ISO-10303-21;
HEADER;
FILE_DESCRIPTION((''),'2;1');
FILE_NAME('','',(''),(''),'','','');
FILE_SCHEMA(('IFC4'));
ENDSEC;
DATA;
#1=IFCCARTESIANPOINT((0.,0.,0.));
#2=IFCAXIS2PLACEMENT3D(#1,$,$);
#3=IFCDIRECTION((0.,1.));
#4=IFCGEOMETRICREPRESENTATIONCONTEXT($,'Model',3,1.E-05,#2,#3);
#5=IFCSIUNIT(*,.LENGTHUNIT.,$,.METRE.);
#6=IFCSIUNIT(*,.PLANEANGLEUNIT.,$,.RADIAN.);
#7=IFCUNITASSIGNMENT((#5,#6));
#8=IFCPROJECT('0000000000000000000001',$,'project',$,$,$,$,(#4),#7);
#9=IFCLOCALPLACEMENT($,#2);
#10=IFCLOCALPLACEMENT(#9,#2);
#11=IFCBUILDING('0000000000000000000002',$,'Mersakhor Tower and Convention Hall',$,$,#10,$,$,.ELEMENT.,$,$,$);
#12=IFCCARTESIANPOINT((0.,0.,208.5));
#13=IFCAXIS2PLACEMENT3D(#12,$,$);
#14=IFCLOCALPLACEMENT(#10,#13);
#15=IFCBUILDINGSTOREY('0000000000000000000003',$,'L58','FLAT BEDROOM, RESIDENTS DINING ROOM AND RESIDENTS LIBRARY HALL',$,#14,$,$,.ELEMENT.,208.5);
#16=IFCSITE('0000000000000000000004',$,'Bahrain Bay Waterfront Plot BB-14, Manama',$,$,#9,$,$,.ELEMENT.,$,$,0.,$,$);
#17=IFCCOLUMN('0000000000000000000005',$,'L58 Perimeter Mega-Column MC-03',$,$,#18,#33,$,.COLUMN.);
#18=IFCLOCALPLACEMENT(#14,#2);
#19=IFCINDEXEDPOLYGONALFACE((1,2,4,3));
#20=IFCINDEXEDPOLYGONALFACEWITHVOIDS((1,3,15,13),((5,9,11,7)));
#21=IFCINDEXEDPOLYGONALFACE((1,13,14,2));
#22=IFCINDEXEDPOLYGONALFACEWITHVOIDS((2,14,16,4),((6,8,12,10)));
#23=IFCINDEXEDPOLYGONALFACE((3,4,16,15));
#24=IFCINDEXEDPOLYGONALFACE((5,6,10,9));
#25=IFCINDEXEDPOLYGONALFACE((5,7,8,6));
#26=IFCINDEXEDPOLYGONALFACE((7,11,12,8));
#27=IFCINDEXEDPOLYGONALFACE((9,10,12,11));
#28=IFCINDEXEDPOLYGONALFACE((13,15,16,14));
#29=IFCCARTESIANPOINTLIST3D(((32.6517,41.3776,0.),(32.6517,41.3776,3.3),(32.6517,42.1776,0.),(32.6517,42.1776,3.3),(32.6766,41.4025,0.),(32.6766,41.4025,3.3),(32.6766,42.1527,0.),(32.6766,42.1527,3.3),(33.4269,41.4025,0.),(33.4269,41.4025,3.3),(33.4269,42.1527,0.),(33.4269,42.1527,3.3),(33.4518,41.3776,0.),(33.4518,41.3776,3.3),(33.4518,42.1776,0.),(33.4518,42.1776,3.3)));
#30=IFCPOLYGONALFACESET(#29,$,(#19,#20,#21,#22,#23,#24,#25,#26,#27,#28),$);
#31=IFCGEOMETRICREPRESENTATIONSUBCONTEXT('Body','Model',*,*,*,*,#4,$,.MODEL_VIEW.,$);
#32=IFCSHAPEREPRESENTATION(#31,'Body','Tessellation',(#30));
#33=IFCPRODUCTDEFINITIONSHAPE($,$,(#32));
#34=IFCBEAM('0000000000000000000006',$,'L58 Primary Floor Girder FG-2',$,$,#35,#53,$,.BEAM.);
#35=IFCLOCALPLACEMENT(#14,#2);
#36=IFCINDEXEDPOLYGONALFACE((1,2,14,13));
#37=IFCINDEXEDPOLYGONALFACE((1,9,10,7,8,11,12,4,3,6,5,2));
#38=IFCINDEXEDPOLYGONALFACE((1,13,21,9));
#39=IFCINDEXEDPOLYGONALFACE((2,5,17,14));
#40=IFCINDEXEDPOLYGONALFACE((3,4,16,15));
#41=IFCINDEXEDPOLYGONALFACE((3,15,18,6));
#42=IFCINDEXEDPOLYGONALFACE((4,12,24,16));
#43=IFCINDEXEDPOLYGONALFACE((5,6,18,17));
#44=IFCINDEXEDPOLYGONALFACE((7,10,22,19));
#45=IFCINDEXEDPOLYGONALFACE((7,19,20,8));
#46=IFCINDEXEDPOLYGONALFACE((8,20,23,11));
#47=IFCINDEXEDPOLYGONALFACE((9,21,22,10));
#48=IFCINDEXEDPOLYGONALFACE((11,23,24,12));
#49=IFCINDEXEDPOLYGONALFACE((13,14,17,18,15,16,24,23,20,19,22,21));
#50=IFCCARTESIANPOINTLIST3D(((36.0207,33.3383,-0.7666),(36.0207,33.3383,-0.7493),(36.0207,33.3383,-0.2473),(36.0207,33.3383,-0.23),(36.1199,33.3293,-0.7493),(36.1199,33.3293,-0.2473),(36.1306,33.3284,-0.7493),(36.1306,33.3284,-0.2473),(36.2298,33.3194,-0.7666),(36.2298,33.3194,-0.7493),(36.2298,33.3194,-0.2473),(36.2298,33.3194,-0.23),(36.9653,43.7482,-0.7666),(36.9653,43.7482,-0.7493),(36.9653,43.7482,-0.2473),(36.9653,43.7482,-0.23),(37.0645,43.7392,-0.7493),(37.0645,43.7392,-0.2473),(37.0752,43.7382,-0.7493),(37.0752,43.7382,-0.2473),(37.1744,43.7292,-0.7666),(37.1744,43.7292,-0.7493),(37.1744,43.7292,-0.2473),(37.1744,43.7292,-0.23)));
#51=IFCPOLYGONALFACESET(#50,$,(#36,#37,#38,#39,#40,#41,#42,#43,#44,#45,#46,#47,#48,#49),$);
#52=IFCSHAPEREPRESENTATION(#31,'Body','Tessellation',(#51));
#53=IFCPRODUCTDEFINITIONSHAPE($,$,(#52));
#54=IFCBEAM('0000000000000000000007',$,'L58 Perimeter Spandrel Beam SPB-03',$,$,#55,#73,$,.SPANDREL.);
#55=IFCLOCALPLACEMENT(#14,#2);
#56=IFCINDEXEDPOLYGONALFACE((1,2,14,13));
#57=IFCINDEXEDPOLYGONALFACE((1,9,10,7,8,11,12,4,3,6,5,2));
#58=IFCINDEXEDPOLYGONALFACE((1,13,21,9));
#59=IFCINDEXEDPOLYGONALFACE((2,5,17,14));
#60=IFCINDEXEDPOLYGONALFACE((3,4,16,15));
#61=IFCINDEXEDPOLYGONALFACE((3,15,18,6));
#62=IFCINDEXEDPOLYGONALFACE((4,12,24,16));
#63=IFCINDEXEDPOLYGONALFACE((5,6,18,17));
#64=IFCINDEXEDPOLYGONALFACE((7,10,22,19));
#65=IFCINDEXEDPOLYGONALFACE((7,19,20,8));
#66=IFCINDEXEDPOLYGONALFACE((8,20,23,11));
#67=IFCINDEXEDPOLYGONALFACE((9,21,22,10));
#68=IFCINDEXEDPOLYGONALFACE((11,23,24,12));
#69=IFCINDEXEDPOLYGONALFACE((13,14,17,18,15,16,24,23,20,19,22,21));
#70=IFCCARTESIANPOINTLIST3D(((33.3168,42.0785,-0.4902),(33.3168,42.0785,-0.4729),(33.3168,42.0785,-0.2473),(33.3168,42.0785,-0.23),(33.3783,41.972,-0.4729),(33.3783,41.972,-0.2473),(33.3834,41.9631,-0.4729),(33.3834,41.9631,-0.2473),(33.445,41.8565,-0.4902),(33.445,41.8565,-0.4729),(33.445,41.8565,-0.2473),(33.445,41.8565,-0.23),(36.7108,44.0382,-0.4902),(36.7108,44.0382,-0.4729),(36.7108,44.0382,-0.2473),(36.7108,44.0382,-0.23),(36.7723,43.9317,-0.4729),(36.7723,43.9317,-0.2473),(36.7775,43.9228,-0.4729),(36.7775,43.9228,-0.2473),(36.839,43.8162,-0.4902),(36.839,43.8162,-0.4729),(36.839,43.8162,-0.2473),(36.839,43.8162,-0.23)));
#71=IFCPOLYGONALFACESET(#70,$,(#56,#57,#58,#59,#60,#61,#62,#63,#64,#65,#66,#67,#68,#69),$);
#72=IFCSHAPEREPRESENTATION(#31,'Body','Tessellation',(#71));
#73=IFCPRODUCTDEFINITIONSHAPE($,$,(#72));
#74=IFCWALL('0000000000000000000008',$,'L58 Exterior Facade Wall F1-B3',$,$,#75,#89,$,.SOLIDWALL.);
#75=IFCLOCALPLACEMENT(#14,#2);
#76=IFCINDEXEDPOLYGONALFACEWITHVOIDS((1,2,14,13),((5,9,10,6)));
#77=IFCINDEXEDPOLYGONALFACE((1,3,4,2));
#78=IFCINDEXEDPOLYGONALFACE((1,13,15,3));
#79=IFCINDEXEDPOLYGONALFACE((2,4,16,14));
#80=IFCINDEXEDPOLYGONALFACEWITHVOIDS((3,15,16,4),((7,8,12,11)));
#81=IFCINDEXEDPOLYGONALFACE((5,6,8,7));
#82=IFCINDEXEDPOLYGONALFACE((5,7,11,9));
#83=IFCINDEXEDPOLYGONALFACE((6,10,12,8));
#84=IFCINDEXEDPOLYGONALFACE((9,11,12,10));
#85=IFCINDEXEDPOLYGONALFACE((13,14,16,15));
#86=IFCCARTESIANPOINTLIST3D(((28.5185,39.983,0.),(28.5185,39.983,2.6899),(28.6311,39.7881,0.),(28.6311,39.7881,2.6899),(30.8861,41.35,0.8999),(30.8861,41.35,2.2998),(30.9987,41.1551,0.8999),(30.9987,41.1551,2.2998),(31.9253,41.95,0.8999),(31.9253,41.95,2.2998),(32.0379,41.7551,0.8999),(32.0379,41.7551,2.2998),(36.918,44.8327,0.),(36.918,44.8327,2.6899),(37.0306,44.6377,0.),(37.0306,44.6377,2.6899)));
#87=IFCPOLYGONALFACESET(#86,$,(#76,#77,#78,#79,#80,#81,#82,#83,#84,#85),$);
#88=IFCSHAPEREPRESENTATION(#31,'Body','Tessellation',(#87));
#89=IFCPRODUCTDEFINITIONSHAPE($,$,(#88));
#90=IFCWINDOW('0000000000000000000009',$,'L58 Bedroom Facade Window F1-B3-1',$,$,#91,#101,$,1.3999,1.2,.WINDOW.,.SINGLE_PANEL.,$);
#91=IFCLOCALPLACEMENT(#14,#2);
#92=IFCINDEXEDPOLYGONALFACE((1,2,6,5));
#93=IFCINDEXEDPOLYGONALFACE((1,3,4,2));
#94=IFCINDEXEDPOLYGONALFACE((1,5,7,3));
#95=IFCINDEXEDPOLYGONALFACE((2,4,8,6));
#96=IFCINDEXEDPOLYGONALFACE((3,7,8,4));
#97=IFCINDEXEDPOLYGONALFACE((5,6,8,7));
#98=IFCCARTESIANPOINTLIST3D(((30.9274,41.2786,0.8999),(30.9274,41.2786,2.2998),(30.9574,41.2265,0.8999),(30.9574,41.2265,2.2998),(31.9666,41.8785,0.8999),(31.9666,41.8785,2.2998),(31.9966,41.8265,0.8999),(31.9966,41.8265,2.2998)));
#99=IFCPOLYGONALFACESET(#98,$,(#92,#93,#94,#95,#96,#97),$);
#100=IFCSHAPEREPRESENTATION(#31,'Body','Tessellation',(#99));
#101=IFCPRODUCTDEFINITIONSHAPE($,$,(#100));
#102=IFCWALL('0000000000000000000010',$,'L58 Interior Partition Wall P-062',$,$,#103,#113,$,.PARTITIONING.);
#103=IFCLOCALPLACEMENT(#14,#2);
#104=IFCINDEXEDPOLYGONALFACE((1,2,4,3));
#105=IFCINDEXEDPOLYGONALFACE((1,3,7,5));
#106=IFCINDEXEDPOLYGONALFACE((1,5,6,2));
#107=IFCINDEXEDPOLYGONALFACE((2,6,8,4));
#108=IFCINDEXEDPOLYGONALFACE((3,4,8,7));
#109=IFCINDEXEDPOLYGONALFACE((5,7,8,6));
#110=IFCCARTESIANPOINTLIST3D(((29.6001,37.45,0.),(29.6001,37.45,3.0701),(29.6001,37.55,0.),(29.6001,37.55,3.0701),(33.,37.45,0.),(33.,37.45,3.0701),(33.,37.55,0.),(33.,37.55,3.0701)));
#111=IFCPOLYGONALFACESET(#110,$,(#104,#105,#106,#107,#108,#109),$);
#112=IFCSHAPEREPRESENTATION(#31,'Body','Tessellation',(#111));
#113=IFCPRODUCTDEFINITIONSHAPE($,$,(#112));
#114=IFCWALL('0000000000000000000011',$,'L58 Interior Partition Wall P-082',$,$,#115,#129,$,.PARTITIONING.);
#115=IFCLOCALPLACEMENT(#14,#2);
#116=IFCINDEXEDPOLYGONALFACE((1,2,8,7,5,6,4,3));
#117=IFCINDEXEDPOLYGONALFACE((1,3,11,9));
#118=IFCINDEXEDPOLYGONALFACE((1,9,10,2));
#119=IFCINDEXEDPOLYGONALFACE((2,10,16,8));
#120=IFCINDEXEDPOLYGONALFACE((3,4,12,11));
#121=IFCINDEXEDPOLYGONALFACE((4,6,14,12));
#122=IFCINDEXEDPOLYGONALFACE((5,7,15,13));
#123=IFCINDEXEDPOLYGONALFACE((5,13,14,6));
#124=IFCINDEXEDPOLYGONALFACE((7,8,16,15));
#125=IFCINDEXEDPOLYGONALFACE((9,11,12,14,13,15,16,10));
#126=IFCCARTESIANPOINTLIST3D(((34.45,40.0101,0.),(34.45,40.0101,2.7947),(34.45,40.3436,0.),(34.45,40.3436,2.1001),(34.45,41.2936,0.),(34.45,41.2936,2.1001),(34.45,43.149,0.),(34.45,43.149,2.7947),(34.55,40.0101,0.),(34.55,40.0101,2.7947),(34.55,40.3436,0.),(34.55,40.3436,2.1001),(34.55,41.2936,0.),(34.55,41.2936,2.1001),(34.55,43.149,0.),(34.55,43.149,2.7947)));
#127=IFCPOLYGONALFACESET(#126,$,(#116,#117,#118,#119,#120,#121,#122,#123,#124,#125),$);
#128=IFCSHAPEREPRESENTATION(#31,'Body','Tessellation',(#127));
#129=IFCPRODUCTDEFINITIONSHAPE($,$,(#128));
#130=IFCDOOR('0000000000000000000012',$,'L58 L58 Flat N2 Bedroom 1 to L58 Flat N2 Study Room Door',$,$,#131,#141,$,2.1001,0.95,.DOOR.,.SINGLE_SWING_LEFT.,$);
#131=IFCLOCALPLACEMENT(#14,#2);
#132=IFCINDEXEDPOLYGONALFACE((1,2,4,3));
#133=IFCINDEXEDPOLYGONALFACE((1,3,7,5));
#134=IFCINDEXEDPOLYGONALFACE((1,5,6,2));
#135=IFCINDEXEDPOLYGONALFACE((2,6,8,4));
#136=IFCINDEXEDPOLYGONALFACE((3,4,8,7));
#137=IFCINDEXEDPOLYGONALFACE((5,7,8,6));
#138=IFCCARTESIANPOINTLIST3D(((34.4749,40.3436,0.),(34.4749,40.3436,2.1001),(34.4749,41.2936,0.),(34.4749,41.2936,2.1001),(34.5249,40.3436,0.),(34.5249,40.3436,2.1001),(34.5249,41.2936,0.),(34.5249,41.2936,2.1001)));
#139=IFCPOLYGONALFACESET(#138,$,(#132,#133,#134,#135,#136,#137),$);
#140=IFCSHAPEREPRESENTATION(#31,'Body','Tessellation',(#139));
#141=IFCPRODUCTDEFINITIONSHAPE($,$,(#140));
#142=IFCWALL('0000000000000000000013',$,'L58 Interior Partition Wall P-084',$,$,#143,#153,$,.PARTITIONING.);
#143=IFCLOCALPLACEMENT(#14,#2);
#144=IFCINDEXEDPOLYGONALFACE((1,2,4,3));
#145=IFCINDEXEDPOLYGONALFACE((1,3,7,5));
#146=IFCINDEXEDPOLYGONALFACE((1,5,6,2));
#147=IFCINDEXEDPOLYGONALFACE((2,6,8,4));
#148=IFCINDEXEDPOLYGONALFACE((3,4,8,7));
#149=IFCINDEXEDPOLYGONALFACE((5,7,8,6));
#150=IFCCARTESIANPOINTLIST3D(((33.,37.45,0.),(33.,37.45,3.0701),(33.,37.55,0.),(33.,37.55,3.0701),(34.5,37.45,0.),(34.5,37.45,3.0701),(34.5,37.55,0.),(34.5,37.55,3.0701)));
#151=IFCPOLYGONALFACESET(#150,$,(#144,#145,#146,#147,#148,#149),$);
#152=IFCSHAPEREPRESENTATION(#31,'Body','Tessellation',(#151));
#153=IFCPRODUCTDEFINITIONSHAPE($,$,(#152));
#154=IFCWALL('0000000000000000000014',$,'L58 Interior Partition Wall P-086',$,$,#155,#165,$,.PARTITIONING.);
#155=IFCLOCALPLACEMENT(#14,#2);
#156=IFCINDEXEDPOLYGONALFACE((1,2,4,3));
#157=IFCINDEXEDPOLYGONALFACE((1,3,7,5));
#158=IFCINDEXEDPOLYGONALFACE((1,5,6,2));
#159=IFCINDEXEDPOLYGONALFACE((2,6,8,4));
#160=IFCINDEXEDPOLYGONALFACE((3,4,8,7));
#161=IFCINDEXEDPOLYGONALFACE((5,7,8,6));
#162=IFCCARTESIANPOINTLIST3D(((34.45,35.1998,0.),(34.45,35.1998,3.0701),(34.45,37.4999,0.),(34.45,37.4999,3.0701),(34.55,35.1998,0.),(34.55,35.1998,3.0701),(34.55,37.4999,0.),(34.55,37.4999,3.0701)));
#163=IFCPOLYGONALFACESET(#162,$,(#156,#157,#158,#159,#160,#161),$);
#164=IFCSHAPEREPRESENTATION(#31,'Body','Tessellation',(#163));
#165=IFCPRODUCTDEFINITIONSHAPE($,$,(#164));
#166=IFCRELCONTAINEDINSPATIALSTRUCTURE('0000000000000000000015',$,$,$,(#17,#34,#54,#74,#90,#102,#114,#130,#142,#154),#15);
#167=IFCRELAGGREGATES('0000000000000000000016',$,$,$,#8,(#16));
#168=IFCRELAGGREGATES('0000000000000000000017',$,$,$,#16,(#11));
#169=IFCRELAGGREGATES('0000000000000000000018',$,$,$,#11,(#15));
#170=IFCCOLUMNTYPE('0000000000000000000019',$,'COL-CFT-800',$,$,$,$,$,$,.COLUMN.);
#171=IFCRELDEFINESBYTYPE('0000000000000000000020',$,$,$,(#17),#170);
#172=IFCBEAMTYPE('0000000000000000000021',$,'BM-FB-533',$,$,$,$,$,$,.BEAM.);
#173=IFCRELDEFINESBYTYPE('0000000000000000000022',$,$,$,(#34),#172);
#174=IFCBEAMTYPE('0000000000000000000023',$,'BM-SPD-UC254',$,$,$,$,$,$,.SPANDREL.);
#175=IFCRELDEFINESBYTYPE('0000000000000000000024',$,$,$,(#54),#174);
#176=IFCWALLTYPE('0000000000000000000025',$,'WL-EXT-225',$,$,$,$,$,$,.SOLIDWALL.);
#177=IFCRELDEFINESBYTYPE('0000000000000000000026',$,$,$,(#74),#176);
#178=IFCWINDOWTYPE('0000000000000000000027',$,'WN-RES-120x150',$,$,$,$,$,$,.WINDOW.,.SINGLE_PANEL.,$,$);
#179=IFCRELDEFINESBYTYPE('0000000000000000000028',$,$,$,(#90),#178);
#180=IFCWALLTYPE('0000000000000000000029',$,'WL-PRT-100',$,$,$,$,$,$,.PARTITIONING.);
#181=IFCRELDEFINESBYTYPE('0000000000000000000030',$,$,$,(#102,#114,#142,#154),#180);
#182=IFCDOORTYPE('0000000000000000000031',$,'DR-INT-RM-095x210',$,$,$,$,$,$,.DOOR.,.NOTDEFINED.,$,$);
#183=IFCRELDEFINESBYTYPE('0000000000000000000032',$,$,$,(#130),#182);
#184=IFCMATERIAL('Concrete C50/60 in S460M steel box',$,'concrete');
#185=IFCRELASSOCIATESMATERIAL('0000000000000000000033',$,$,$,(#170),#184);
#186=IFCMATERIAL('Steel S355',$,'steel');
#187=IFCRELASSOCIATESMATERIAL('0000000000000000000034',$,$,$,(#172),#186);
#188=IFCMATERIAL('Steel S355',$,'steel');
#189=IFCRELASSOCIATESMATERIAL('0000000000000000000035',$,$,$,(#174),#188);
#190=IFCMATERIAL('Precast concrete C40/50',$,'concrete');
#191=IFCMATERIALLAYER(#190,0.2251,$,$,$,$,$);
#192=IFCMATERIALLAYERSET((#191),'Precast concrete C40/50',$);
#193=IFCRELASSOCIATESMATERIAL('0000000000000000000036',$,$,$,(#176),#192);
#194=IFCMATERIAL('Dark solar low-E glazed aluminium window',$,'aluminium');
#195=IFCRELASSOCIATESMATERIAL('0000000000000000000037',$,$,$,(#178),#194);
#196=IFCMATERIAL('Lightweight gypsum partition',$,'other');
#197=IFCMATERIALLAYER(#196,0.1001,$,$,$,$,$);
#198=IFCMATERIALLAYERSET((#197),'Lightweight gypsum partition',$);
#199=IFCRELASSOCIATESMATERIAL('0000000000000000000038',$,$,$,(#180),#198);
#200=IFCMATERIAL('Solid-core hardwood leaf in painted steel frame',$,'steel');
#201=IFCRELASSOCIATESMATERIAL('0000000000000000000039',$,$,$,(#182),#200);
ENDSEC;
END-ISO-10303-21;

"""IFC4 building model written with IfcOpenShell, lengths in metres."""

from ifc_helpers import new_model, si_unit, direction, frame, frame_2d, origin, origin_2d, place, context, subcontext, project, spatial, rectangle, hollow_rectangle, i_section, extrude, material, layer, layer_set, material_profile, profile_set, type_object, element, fill, save


model = new_model("IFC4")

# Units and contexts
model_context = context("Model", 3, precision=1e-05, world=origin(), true_north=direction((0.0, 1.0)))
body_context = subcontext(model_context, "Body", "Model", "MODEL_VIEW")
ifc_project = project(units=[si_unit("LENGTHUNIT", "METRE"), si_unit("PLANEANGLEUNIT", "RADIAN")], contexts=[model_context])

# Site, building, storey
site_placement = place(None, origin())
site = spatial("IfcSite", under=ifc_project, at=site_placement, Name="Bahrain Bay Waterfront Plot BB-14, Manama", CompositionType="ELEMENT", RefElevation=0.0)
building_placement = place(site_placement, origin())
building = spatial("IfcBuilding", under=site, at=building_placement, Name="Mersakhor Tower and Convention Hall", CompositionType="ELEMENT")
storey_placement = place(building_placement, frame((0.0, 0.0, 208.5)))
storey = spatial("IfcBuildingStorey", under=building, at=storey_placement, Name="L58", Description="FLAT BEDROOM, RESIDENTS DINING ROOM AND RESIDENTS LIBRARY HALL", CompositionType="ELEMENT", Elevation=208.5)

# Column
ifc_material_1 = material(Name="Concrete C50/60 in S460M steel box", Category="concrete")
ifc_material_profile_1 = material_profile(ifc_material_1, hollow_rectangle(XDim=0.8, YDim=0.8, WallThickness=0.0249, at=origin_2d()), Name="SHS 800x800x25")
ifc_profile_set_1 = profile_set([ifc_material_profile_1], Name="Concrete C50/60 in S460M steel box")
column_type = type_object("IfcColumnType", Name="COL-CFT-800", PredefinedType="COLUMN", material=ifc_profile_set_1)
column_placement = place(storey_placement, frame((33.0518, 41.7776, 0.0), z_axis=(0.0, 0.0, 1.0), x_axis=(1.0, 0.0, 0.0)))
element("IfcColumn", 1, at=column_placement, inside=storey, type_object=column_type, Name="L58 Perimeter Mega-Column MC-03", PredefinedType="COLUMN", context=body_context, shape_type="SweptSolid", body=[
    extrude(hollow_rectangle(XDim=0.8, YDim=0.8, WallThickness=0.0249, at=origin_2d()), origin(), (0.0, 0.0, 1.0), 3.3),
])

# Beams
ifc_material_2 = material(Name="Steel S355", Category="steel")
ifc_material_profile_2 = material_profile(ifc_material_2, i_section(OverallWidth=0.21, OverallDepth=0.5366, WebThickness=0.0107, FlangeThickness=0.0173, at=origin_2d()), Name="UB 533x210x101")
ifc_profile_set_2 = profile_set([ifc_material_profile_2], Name="Steel S355")
beam_type_1 = type_object("IfcBeamType", Name="BM-FB-533", PredefinedType="BEAM", material=ifc_profile_set_2)
beam_1_placement = place(storey_placement, frame((36.1252, 33.3289, -0.4983), z_axis=(0.090367, 0.995909, 0.0), x_axis=(-0.995909, 0.090367, 0.0)))
element("IfcBeam", 2, at=beam_1_placement, inside=storey, type_object=beam_type_1, Name="L58 Primary Floor Girder FG-2", PredefinedType="BEAM", context=body_context, shape_type="SweptSolid", body=[
    extrude(i_section(OverallWidth=0.21, OverallDepth=0.5366, WebThickness=0.0107, FlangeThickness=0.0173, at=origin_2d()), origin(), (0.0, 0.0, 1.0), 10.4526),
])
ifc_material_3 = material(Name="Steel S355", Category="steel")
ifc_material_profile_3 = material_profile(ifc_material_3, i_section(OverallWidth=0.2563, OverallDepth=0.2603, WebThickness=0.0103, FlangeThickness=0.0173, at=origin_2d()), Name="UC 254x254x89")
ifc_profile_set_3 = profile_set([ifc_material_profile_3], Name="Steel S355")
beam_type_2 = type_object("IfcBeamType", Name="BM-SPD-UC254", PredefinedType="SPANDREL", material=ifc_profile_set_3)
beam_2_placement = place(storey_placement, frame((33.3809, 41.9675, -0.3601), z_axis=(0.866007, 0.500032, 0.0), x_axis=(-0.500032, 0.866007, 0.0)))
element("IfcBeam", 3, at=beam_2_placement, inside=storey, type_object=beam_type_2, Name="L58 Perimeter Spandrel Beam SPB-03", PredefinedType="SPANDREL", context=body_context, shape_type="SweptSolid", body=[
    extrude(i_section(OverallWidth=0.2563, OverallDepth=0.2603, WebThickness=0.0103, FlangeThickness=0.0173, at=origin_2d()), origin(), (0.0, 0.0, 1.0), 3.9192),
])

# Wall, opening, window
ifc_material_4 = material(Name="Precast concrete C40/50", Category="concrete")
ifc_layer_1 = layer(ifc_material_4, 0.2251)
ifc_layer_set_1 = layer_set([ifc_layer_1], Name="Precast concrete C40/50")
wall_type_1 = type_object("IfcWallType", Name="WL-EXT-225", PredefinedType="SOLIDWALL", material=ifc_layer_set_1)
wall_1_placement = place(storey_placement, frame((28.5747, 39.8855, 0.0), z_axis=(0.0, 0.0, 1.0), x_axis=(0.866016, 0.500016, 0.0)))
wall_1 = element("IfcWall", 4, at=wall_1_placement, inside=storey, type_object=wall_type_1, Name="L58 Exterior Facade Wall F1-B3", PredefinedType="SOLIDWALL", context=body_context, shape_type="SweptSolid", body=[
    extrude(rectangle(XDim=9.699, YDim=0.2251, at=frame_2d((4.8496, 0.0))), origin(), (0.0, 0.0, 1.0), 2.6899),
])
opening_1_placement = place(wall_1_placement, frame((2.7339, 0.0, 0.8999)))
opening_1 = element("IfcOpeningElement", 5, at=opening_1_placement, cuts=wall_1, PredefinedType="OPENING", context=body_context, shape_type="SweptSolid", body=[
    extrude(rectangle(XDim=1.2, YDim=1.3999, at=frame_2d((0.6001, 0.7))), frame((0.0, 0.1226, 0.0), z_axis=(0.0, -1.0, 0.0), x_axis=(1.0, 0.0, 0.0)), (0.0, 0.0, 1.0), 0.2451),
])
ifc_material_5 = material(Name="Dark solar low-E glazed aluminium window", Category="aluminium")
window_type = type_object("IfcWindowType", Name="WN-RES-120x150", PartitioningType="SINGLE_PANEL", PredefinedType="WINDOW", material=ifc_material_5)
window_placement = place(opening_1_placement, origin())
window = element("IfcWindow", 6, at=window_placement, inside=storey, type_object=window_type, Name="L58 Bedroom Facade Window F1-B3-1", OverallHeight=1.3999, OverallWidth=1.2, PartitioningType="SINGLE_PANEL", PredefinedType="WINDOW", context=body_context, shape_type="SweptSolid", body=[
    extrude(rectangle(XDim=1.2, YDim=1.3999, at=frame_2d((0.6001, 0.7))), frame((0.0, 0.03, 0.0), z_axis=(0.0, -1.0, 0.0), x_axis=(1.0, 0.0, 0.0)), (0.0, 0.0, 1.0), 0.0601),
])
fill(opening_1, window)

# Wall
ifc_material_6 = material(Name="Lightweight gypsum partition", Category="other")
ifc_layer_2 = layer(ifc_material_6, 0.1001)
ifc_layer_set_2 = layer_set([ifc_layer_2], Name="Lightweight gypsum partition")
wall_type_2 = type_object("IfcWallType", Name="WL-PRT-100", PredefinedType="PARTITIONING", material=ifc_layer_set_2)
wall_2_placement = place(storey_placement, frame((29.6001, 37.5, 0.0), z_axis=(0.0, 0.0, 1.0), x_axis=(1.0, 0.0, 0.0)))
element("IfcWall", 7, at=wall_2_placement, inside=storey, type_object=wall_type_2, Name="L58 Interior Partition Wall P-062", PredefinedType="PARTITIONING", context=body_context, shape_type="SweptSolid", body=[
    extrude(rectangle(XDim=3.3999, YDim=0.1001, at=frame_2d((1.7, 0.0))), origin(), (0.0, 0.0, 1.0), 3.0701),
])

# Wall, opening, door
wall_3_placement = place(storey_placement, frame((34.5, 43.1489, 0.0), z_axis=(0.0, 0.0, 1.0), x_axis=(0.0, -1.0, 0.0)))
wall_3 = element("IfcWall", 8, at=wall_3_placement, inside=storey, type_object=wall_type_2, Name="L58 Interior Partition Wall P-082", PredefinedType="PARTITIONING", context=body_context, shape_type="SweptSolid", body=[
    extrude(rectangle(XDim=3.1389, YDim=0.1001, at=frame_2d((1.5693, 0.0))), origin(), (0.0, 0.0, 1.0), 2.7947),
])
opening_2_placement = place(wall_3_placement, frame((1.8552, 0.0, 0.0)))
opening_2 = element("IfcOpeningElement", 9, at=opening_2_placement, cuts=wall_3, PredefinedType="OPENING", context=body_context, shape_type="SweptSolid", body=[
    extrude(rectangle(XDim=0.95, YDim=2.1001, at=frame_2d((0.4751, 1.05))), frame((0.0, 0.0601, 0.0), z_axis=(0.0, -1.0, 0.0), x_axis=(1.0, 0.0, 0.0)), (0.0, 0.0, 1.0), 0.1201),
])
ifc_material_7 = material(Name="Solid-core hardwood leaf in painted steel frame", Category="steel")
door_type = type_object("IfcDoorType", Name="DR-INT-RM-095x210", OperationType="NOTDEFINED", PredefinedType="DOOR", material=ifc_material_7)
door_1_placement = place(opening_2_placement, origin())
door_1 = element("IfcDoor", 10, at=door_1_placement, inside=storey, type_object=door_type, Name="L58 L58 Flat N2 Bedroom 1 to L58 Flat N2 Study Room Door", OperationType="SINGLE_SWING_LEFT", OverallHeight=2.1001, OverallWidth=0.95, PredefinedType="DOOR", context=body_context, shape_type="SweptSolid", body=[
    extrude(rectangle(XDim=0.95, YDim=2.1001, at=frame_2d((0.4751, 1.05))), frame((0.0, 0.0249, 0.0), z_axis=(0.0, -1.0, 0.0), x_axis=(1.0, 0.0, 0.0)), (0.0, 0.0, 1.0), 0.05),
])
fill(opening_2, door_1)

# Walls
wall_4_placement = place(storey_placement, frame((34.5, 37.5, 0.0), z_axis=(0.0, 0.0, 1.0), x_axis=(-1.0, 0.0, 0.0)))
element("IfcWall", 11, at=wall_4_placement, inside=storey, type_object=wall_type_2, Name="L58 Interior Partition Wall P-084", PredefinedType="PARTITIONING", context=body_context, shape_type="SweptSolid", body=[
    extrude(rectangle(XDim=1.5, YDim=0.1001, at=frame_2d((0.75, 0.0))), origin(), (0.0, 0.0, 1.0), 3.0701),
])
wall_5_placement = place(storey_placement, frame((34.5, 35.2, 0.0), z_axis=(0.0, 0.0, 1.0), x_axis=(0.0, 1.0, 0.0)))
element("IfcWall", 12, at=wall_5_placement, inside=storey, type_object=wall_type_2, Name="L58 Interior Partition Wall P-086", PredefinedType="PARTITIONING", context=body_context, shape_type="SweptSolid", body=[
    extrude(rectangle(XDim=2.3, YDim=0.1001, at=frame_2d((1.1499, 0.0))), origin(), (0.0, 0.0, 1.0), 3.0701),
])

save(model, "model.ifc")
